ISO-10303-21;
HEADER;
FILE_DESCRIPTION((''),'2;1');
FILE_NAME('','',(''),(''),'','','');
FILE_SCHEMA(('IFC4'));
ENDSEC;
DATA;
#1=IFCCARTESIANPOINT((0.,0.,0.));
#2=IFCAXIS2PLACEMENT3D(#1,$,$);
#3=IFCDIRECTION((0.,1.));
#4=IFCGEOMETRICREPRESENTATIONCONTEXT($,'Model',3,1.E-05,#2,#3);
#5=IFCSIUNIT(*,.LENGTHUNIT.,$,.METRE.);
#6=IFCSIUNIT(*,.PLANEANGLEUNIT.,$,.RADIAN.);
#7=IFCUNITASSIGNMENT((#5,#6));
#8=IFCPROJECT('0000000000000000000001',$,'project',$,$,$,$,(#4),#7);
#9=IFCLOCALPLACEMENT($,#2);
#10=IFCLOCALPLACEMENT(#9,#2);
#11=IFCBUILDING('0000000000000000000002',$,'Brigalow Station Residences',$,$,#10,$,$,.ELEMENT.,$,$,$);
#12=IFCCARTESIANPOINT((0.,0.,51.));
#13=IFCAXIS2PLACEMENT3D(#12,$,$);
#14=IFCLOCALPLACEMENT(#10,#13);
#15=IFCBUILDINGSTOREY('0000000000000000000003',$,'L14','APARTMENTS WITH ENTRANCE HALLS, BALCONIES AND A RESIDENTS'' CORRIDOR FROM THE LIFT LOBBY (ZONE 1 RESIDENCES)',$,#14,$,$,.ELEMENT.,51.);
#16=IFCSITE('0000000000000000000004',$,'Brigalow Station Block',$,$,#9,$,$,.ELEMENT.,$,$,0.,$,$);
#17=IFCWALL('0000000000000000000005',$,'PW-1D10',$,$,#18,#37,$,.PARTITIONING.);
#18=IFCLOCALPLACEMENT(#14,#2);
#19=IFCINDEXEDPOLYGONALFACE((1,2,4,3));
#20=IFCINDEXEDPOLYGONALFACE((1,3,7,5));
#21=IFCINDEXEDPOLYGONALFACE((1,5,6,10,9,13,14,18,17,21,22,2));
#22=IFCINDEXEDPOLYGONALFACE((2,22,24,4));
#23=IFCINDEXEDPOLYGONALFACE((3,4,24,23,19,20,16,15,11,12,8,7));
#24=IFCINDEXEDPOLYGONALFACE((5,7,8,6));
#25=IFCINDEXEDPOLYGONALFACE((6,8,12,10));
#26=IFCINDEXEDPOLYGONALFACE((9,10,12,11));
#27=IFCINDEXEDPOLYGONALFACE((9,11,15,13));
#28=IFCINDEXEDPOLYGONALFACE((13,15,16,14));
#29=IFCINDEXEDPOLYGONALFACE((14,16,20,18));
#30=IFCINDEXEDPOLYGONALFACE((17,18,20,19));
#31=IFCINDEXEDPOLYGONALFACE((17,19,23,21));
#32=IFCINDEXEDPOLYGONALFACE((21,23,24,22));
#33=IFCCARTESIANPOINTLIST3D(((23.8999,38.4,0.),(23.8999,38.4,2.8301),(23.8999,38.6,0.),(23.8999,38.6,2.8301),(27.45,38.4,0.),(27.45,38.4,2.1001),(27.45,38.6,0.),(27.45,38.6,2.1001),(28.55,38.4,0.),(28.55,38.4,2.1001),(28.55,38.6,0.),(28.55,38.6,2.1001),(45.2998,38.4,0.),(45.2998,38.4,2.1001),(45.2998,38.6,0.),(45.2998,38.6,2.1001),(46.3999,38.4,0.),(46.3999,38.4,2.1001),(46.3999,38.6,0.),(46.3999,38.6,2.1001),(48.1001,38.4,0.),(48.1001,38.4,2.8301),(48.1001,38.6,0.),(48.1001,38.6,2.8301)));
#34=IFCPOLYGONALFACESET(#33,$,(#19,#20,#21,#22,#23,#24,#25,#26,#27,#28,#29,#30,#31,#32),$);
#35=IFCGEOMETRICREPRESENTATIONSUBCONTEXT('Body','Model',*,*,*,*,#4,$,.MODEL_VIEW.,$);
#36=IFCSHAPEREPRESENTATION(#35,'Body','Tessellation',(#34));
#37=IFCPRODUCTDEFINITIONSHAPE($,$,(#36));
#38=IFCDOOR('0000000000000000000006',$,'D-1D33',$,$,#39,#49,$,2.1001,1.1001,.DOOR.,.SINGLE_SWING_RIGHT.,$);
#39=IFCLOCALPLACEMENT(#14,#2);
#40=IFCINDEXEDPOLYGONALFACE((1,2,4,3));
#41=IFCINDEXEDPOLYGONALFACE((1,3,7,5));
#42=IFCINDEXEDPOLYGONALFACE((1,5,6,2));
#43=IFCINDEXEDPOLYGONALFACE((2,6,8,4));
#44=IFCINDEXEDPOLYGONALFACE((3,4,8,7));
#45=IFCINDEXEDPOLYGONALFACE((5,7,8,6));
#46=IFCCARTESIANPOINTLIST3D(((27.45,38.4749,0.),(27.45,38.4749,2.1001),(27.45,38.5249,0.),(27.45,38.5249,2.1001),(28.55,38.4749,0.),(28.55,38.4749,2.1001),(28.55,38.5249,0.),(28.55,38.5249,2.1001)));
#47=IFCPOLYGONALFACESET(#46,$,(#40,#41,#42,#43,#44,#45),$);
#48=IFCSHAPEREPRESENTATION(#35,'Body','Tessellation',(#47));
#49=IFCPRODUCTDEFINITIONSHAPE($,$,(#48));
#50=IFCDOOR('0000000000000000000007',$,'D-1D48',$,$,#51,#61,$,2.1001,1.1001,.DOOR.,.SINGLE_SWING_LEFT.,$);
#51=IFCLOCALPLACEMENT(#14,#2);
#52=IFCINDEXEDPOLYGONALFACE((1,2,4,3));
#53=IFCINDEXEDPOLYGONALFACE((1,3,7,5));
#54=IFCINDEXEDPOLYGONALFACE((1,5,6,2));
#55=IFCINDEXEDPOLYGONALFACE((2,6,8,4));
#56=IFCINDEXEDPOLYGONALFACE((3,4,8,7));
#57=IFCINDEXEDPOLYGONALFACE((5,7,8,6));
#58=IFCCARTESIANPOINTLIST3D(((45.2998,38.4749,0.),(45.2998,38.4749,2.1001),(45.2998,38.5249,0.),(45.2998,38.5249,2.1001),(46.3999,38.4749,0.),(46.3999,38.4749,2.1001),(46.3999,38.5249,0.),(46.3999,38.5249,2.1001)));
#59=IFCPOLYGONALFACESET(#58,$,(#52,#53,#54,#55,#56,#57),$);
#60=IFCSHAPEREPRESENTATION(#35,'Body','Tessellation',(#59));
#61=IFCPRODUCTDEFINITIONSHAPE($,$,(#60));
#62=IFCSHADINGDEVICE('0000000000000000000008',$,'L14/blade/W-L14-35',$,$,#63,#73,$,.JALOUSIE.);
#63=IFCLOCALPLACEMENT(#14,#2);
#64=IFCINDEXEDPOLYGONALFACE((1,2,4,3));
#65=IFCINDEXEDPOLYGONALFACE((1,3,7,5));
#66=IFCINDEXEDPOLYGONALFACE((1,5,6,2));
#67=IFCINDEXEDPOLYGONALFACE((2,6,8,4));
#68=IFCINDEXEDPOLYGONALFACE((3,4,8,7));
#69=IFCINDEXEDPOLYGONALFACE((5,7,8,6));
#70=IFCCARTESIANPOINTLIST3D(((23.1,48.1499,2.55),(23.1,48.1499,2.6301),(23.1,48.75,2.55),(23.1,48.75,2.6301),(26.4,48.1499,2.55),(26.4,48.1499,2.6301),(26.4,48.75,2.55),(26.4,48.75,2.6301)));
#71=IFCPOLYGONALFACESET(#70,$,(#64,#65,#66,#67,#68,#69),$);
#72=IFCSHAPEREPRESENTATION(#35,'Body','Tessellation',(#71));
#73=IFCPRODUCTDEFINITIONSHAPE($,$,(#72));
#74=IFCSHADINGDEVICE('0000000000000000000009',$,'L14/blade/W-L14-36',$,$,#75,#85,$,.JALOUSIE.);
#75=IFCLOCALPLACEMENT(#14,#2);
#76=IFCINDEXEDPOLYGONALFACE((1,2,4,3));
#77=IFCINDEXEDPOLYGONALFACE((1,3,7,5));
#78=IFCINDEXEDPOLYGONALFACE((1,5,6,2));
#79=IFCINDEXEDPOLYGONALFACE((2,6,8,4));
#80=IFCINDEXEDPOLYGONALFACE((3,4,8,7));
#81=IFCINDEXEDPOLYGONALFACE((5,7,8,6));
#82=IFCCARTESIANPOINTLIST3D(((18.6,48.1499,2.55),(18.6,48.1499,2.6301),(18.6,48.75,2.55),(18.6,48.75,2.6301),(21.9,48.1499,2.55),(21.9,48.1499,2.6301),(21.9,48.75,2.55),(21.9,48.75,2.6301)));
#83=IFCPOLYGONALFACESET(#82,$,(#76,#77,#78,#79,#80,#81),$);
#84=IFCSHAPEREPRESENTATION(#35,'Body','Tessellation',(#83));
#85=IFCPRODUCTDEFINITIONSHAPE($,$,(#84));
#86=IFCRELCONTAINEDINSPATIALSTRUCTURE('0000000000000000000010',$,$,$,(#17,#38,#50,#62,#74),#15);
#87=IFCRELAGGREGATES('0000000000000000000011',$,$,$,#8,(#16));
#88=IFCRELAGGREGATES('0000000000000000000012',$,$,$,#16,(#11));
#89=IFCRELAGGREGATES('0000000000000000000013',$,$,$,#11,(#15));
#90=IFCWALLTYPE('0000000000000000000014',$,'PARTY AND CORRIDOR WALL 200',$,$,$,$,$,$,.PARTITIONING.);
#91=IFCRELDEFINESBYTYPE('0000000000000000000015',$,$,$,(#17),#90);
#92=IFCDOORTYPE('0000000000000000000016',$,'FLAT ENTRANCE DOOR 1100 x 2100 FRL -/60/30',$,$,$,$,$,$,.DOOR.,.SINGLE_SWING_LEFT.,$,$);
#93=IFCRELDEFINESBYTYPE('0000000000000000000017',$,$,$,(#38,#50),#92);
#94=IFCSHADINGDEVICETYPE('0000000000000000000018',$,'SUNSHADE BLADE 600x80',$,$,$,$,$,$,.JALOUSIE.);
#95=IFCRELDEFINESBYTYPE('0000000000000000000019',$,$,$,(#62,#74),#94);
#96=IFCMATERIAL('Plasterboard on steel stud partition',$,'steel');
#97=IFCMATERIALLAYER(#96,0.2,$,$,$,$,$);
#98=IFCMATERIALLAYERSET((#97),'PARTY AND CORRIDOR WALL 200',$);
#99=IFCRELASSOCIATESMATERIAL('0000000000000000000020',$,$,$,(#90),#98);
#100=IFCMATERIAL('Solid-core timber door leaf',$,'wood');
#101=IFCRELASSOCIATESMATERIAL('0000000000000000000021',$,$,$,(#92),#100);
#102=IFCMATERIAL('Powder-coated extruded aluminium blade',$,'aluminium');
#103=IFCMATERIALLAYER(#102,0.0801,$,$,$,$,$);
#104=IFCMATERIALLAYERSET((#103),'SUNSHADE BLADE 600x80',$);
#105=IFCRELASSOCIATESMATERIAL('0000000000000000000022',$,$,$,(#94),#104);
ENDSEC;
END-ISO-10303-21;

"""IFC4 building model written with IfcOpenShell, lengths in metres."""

from ifc_helpers import new_model, si_unit, direction, frame, frame_2d, origin, origin_2d, place, context, subcontext, project, spatial, rectangle, extrude, material, layer, layer_set, type_object, element, fill, save


model = new_model("IFC4")

# Units and contexts
model_context = context("Model", 3, precision=1e-05, world=origin(), true_north=direction((0.0, 1.0)))
body_context = subcontext(model_context, "Body", "Model", "MODEL_VIEW")
ifc_project = project(units=[si_unit("LENGTHUNIT", "METRE"), si_unit("PLANEANGLEUNIT", "RADIAN")], contexts=[model_context])

# Site, building, storey
site_placement = place(None, origin())
site = spatial("IfcSite", under=ifc_project, at=site_placement, Name="Brigalow Station Block", CompositionType="ELEMENT", RefElevation=0.0)
building_placement = place(site_placement, origin())
building = spatial("IfcBuilding", under=site, at=building_placement, Name="Brigalow Station Residences", CompositionType="ELEMENT")
storey_placement = place(building_placement, frame((0.0, 0.0, 51.0)))
storey = spatial("IfcBuildingStorey", under=building, at=storey_placement, Name="L14", Description="APARTMENTS WITH ENTRANCE HALLS, BALCONIES AND A RESIDENTS' CORRIDOR FROM THE LIFT LOBBY (ZONE 1 RESIDENCES)", CompositionType="ELEMENT", Elevation=51.0)

# Wall, openings, doors
ifc_material_1 = material(Name="Plasterboard on steel stud partition", Category="steel")
ifc_layer_1 = layer(ifc_material_1, 0.2)
ifc_layer_set_1 = layer_set([ifc_layer_1], Name="PARTY AND CORRIDOR WALL 200")
wall_type_1 = type_object("IfcWallType", Name="PARTY AND CORRIDOR WALL 200", PredefinedType="PARTITIONING", material=ifc_layer_set_1)
wall_1_placement = place(storey_placement, frame((23.8999, 38.5, 0.0), z_axis=(0.0, 0.0, 1.0), x_axis=(1.0, 0.0, 0.0)))
wall_1 = element("IfcWall", 1, at=wall_1_placement, inside=storey, type_object=wall_type_1, Name="PW-1D10", PredefinedType="PARTITIONING", context=body_context, shape_type="SweptSolid", body=[
    extrude(rectangle(XDim=24.2002, YDim=0.2, at=frame_2d((12.1001, 0.0))), origin(), (0.0, 0.0, 1.0), 2.8301),
])
opening_1_placement = place(wall_1_placement, frame((3.55, 0.0, 0.0)))
opening_1 = element("IfcOpeningElement", 2, at=opening_1_placement, cuts=wall_1, PredefinedType="OPENING", context=body_context, shape_type="SweptSolid", body=[
    extrude(rectangle(XDim=1.1001, YDim=2.1001, at=frame_2d((0.55, 1.05))), frame((0.0, 0.1099, 0.0), z_axis=(0.0, -1.0, 0.0), x_axis=(1.0, 0.0, 0.0)), (0.0, 0.0, 1.0), 0.22),
])
opening_2_placement = place(wall_1_placement, frame((21.3999, 0.0, 0.0)))
opening_2 = element("IfcOpeningElement", 3, at=opening_2_placement, cuts=wall_1, PredefinedType="OPENING", context=body_context, shape_type="SweptSolid", body=[
    extrude(rectangle(XDim=1.1001, YDim=2.1001, at=frame_2d((0.55, 1.05))), frame((0.0, 0.1099, 0.0), z_axis=(0.0, -1.0, 0.0), x_axis=(1.0, 0.0, 0.0)), (0.0, 0.0, 1.0), 0.22),
])
ifc_material_2 = material(Name="Solid-core timber door leaf", Category="wood")
door_type_1 = type_object("IfcDoorType", Name="FLAT ENTRANCE DOOR 1100 x 2100 FRL -/60/30", OperationType="SINGLE_SWING_LEFT", PredefinedType="DOOR", material=ifc_material_2)
door_1_placement = place(opening_1_placement, origin())
door_1 = element("IfcDoor", 4, at=door_1_placement, inside=storey, type_object=door_type_1, Name="D-1D33", OperationType="SINGLE_SWING_RIGHT", OverallHeight=2.1001, OverallWidth=1.1001, PredefinedType="DOOR", context=body_context, shape_type="SweptSolid", body=[
    extrude(rectangle(XDim=1.1001, YDim=2.1001, at=frame_2d((0.55, 1.05))), frame((0.0, 0.0249, 0.0), z_axis=(0.0, -1.0, 0.0), x_axis=(1.0, 0.0, 0.0)), (0.0, 0.0, 1.0), 0.05),
])
fill(opening_1, door_1)
door_2_placement = place(opening_2_placement, origin())
door_2 = element("IfcDoor", 5, at=door_2_placement, inside=storey, type_object=door_type_1, Name="D-1D48", OperationType="SINGLE_SWING_LEFT", OverallHeight=2.1001, OverallWidth=1.1001, PredefinedType="DOOR", context=body_context, shape_type="SweptSolid", body=[
    extrude(rectangle(XDim=1.1001, YDim=2.1001, at=frame_2d((0.55, 1.05))), frame((0.0, 0.0249, 0.0), z_axis=(0.0, -1.0, 0.0), x_axis=(1.0, 0.0, 0.0)), (0.0, 0.0, 1.0), 0.05),
])
fill(opening_2, door_2)

# Shading devices
ifc_material_3 = material(Name="Powder-coated extruded aluminium blade", Category="aluminium")
ifc_layer_2 = layer(ifc_material_3, 0.0801)
ifc_layer_set_2 = layer_set([ifc_layer_2], Name="SUNSHADE BLADE 600x80")
shading_device_type = type_object("IfcShadingDeviceType", Name="SUNSHADE BLADE 600x80", PredefinedType="JALOUSIE", material=ifc_layer_set_2)
for number, where, z_axis, x_axis, name in (
    (6, (24.75, 48.45, 2.55), (0.0, 0.0, 1.0), (-1.0, 0.0, 0.0), "L14/blade/W-L14-35"),
    (7, (20.25, 48.45, 2.55), (0.0, 0.0, 1.0), (-1.0, 0.0, 0.0), "L14/blade/W-L14-36"),
):
    element("IfcShadingDevice", number, at=place(storey_placement, frame(where, z_axis=z_axis, x_axis=x_axis)), inside=storey, type_object=shading_device_type, Name=name, PredefinedType="JALOUSIE", context=body_context, shape_type="SweptSolid", body=[
        extrude(rectangle(XDim=3.3, YDim=0.6001, at=origin_2d()), origin(), (0.0, 0.0, 1.0), 0.0801),
    ])

save(model, "model.ifc")
